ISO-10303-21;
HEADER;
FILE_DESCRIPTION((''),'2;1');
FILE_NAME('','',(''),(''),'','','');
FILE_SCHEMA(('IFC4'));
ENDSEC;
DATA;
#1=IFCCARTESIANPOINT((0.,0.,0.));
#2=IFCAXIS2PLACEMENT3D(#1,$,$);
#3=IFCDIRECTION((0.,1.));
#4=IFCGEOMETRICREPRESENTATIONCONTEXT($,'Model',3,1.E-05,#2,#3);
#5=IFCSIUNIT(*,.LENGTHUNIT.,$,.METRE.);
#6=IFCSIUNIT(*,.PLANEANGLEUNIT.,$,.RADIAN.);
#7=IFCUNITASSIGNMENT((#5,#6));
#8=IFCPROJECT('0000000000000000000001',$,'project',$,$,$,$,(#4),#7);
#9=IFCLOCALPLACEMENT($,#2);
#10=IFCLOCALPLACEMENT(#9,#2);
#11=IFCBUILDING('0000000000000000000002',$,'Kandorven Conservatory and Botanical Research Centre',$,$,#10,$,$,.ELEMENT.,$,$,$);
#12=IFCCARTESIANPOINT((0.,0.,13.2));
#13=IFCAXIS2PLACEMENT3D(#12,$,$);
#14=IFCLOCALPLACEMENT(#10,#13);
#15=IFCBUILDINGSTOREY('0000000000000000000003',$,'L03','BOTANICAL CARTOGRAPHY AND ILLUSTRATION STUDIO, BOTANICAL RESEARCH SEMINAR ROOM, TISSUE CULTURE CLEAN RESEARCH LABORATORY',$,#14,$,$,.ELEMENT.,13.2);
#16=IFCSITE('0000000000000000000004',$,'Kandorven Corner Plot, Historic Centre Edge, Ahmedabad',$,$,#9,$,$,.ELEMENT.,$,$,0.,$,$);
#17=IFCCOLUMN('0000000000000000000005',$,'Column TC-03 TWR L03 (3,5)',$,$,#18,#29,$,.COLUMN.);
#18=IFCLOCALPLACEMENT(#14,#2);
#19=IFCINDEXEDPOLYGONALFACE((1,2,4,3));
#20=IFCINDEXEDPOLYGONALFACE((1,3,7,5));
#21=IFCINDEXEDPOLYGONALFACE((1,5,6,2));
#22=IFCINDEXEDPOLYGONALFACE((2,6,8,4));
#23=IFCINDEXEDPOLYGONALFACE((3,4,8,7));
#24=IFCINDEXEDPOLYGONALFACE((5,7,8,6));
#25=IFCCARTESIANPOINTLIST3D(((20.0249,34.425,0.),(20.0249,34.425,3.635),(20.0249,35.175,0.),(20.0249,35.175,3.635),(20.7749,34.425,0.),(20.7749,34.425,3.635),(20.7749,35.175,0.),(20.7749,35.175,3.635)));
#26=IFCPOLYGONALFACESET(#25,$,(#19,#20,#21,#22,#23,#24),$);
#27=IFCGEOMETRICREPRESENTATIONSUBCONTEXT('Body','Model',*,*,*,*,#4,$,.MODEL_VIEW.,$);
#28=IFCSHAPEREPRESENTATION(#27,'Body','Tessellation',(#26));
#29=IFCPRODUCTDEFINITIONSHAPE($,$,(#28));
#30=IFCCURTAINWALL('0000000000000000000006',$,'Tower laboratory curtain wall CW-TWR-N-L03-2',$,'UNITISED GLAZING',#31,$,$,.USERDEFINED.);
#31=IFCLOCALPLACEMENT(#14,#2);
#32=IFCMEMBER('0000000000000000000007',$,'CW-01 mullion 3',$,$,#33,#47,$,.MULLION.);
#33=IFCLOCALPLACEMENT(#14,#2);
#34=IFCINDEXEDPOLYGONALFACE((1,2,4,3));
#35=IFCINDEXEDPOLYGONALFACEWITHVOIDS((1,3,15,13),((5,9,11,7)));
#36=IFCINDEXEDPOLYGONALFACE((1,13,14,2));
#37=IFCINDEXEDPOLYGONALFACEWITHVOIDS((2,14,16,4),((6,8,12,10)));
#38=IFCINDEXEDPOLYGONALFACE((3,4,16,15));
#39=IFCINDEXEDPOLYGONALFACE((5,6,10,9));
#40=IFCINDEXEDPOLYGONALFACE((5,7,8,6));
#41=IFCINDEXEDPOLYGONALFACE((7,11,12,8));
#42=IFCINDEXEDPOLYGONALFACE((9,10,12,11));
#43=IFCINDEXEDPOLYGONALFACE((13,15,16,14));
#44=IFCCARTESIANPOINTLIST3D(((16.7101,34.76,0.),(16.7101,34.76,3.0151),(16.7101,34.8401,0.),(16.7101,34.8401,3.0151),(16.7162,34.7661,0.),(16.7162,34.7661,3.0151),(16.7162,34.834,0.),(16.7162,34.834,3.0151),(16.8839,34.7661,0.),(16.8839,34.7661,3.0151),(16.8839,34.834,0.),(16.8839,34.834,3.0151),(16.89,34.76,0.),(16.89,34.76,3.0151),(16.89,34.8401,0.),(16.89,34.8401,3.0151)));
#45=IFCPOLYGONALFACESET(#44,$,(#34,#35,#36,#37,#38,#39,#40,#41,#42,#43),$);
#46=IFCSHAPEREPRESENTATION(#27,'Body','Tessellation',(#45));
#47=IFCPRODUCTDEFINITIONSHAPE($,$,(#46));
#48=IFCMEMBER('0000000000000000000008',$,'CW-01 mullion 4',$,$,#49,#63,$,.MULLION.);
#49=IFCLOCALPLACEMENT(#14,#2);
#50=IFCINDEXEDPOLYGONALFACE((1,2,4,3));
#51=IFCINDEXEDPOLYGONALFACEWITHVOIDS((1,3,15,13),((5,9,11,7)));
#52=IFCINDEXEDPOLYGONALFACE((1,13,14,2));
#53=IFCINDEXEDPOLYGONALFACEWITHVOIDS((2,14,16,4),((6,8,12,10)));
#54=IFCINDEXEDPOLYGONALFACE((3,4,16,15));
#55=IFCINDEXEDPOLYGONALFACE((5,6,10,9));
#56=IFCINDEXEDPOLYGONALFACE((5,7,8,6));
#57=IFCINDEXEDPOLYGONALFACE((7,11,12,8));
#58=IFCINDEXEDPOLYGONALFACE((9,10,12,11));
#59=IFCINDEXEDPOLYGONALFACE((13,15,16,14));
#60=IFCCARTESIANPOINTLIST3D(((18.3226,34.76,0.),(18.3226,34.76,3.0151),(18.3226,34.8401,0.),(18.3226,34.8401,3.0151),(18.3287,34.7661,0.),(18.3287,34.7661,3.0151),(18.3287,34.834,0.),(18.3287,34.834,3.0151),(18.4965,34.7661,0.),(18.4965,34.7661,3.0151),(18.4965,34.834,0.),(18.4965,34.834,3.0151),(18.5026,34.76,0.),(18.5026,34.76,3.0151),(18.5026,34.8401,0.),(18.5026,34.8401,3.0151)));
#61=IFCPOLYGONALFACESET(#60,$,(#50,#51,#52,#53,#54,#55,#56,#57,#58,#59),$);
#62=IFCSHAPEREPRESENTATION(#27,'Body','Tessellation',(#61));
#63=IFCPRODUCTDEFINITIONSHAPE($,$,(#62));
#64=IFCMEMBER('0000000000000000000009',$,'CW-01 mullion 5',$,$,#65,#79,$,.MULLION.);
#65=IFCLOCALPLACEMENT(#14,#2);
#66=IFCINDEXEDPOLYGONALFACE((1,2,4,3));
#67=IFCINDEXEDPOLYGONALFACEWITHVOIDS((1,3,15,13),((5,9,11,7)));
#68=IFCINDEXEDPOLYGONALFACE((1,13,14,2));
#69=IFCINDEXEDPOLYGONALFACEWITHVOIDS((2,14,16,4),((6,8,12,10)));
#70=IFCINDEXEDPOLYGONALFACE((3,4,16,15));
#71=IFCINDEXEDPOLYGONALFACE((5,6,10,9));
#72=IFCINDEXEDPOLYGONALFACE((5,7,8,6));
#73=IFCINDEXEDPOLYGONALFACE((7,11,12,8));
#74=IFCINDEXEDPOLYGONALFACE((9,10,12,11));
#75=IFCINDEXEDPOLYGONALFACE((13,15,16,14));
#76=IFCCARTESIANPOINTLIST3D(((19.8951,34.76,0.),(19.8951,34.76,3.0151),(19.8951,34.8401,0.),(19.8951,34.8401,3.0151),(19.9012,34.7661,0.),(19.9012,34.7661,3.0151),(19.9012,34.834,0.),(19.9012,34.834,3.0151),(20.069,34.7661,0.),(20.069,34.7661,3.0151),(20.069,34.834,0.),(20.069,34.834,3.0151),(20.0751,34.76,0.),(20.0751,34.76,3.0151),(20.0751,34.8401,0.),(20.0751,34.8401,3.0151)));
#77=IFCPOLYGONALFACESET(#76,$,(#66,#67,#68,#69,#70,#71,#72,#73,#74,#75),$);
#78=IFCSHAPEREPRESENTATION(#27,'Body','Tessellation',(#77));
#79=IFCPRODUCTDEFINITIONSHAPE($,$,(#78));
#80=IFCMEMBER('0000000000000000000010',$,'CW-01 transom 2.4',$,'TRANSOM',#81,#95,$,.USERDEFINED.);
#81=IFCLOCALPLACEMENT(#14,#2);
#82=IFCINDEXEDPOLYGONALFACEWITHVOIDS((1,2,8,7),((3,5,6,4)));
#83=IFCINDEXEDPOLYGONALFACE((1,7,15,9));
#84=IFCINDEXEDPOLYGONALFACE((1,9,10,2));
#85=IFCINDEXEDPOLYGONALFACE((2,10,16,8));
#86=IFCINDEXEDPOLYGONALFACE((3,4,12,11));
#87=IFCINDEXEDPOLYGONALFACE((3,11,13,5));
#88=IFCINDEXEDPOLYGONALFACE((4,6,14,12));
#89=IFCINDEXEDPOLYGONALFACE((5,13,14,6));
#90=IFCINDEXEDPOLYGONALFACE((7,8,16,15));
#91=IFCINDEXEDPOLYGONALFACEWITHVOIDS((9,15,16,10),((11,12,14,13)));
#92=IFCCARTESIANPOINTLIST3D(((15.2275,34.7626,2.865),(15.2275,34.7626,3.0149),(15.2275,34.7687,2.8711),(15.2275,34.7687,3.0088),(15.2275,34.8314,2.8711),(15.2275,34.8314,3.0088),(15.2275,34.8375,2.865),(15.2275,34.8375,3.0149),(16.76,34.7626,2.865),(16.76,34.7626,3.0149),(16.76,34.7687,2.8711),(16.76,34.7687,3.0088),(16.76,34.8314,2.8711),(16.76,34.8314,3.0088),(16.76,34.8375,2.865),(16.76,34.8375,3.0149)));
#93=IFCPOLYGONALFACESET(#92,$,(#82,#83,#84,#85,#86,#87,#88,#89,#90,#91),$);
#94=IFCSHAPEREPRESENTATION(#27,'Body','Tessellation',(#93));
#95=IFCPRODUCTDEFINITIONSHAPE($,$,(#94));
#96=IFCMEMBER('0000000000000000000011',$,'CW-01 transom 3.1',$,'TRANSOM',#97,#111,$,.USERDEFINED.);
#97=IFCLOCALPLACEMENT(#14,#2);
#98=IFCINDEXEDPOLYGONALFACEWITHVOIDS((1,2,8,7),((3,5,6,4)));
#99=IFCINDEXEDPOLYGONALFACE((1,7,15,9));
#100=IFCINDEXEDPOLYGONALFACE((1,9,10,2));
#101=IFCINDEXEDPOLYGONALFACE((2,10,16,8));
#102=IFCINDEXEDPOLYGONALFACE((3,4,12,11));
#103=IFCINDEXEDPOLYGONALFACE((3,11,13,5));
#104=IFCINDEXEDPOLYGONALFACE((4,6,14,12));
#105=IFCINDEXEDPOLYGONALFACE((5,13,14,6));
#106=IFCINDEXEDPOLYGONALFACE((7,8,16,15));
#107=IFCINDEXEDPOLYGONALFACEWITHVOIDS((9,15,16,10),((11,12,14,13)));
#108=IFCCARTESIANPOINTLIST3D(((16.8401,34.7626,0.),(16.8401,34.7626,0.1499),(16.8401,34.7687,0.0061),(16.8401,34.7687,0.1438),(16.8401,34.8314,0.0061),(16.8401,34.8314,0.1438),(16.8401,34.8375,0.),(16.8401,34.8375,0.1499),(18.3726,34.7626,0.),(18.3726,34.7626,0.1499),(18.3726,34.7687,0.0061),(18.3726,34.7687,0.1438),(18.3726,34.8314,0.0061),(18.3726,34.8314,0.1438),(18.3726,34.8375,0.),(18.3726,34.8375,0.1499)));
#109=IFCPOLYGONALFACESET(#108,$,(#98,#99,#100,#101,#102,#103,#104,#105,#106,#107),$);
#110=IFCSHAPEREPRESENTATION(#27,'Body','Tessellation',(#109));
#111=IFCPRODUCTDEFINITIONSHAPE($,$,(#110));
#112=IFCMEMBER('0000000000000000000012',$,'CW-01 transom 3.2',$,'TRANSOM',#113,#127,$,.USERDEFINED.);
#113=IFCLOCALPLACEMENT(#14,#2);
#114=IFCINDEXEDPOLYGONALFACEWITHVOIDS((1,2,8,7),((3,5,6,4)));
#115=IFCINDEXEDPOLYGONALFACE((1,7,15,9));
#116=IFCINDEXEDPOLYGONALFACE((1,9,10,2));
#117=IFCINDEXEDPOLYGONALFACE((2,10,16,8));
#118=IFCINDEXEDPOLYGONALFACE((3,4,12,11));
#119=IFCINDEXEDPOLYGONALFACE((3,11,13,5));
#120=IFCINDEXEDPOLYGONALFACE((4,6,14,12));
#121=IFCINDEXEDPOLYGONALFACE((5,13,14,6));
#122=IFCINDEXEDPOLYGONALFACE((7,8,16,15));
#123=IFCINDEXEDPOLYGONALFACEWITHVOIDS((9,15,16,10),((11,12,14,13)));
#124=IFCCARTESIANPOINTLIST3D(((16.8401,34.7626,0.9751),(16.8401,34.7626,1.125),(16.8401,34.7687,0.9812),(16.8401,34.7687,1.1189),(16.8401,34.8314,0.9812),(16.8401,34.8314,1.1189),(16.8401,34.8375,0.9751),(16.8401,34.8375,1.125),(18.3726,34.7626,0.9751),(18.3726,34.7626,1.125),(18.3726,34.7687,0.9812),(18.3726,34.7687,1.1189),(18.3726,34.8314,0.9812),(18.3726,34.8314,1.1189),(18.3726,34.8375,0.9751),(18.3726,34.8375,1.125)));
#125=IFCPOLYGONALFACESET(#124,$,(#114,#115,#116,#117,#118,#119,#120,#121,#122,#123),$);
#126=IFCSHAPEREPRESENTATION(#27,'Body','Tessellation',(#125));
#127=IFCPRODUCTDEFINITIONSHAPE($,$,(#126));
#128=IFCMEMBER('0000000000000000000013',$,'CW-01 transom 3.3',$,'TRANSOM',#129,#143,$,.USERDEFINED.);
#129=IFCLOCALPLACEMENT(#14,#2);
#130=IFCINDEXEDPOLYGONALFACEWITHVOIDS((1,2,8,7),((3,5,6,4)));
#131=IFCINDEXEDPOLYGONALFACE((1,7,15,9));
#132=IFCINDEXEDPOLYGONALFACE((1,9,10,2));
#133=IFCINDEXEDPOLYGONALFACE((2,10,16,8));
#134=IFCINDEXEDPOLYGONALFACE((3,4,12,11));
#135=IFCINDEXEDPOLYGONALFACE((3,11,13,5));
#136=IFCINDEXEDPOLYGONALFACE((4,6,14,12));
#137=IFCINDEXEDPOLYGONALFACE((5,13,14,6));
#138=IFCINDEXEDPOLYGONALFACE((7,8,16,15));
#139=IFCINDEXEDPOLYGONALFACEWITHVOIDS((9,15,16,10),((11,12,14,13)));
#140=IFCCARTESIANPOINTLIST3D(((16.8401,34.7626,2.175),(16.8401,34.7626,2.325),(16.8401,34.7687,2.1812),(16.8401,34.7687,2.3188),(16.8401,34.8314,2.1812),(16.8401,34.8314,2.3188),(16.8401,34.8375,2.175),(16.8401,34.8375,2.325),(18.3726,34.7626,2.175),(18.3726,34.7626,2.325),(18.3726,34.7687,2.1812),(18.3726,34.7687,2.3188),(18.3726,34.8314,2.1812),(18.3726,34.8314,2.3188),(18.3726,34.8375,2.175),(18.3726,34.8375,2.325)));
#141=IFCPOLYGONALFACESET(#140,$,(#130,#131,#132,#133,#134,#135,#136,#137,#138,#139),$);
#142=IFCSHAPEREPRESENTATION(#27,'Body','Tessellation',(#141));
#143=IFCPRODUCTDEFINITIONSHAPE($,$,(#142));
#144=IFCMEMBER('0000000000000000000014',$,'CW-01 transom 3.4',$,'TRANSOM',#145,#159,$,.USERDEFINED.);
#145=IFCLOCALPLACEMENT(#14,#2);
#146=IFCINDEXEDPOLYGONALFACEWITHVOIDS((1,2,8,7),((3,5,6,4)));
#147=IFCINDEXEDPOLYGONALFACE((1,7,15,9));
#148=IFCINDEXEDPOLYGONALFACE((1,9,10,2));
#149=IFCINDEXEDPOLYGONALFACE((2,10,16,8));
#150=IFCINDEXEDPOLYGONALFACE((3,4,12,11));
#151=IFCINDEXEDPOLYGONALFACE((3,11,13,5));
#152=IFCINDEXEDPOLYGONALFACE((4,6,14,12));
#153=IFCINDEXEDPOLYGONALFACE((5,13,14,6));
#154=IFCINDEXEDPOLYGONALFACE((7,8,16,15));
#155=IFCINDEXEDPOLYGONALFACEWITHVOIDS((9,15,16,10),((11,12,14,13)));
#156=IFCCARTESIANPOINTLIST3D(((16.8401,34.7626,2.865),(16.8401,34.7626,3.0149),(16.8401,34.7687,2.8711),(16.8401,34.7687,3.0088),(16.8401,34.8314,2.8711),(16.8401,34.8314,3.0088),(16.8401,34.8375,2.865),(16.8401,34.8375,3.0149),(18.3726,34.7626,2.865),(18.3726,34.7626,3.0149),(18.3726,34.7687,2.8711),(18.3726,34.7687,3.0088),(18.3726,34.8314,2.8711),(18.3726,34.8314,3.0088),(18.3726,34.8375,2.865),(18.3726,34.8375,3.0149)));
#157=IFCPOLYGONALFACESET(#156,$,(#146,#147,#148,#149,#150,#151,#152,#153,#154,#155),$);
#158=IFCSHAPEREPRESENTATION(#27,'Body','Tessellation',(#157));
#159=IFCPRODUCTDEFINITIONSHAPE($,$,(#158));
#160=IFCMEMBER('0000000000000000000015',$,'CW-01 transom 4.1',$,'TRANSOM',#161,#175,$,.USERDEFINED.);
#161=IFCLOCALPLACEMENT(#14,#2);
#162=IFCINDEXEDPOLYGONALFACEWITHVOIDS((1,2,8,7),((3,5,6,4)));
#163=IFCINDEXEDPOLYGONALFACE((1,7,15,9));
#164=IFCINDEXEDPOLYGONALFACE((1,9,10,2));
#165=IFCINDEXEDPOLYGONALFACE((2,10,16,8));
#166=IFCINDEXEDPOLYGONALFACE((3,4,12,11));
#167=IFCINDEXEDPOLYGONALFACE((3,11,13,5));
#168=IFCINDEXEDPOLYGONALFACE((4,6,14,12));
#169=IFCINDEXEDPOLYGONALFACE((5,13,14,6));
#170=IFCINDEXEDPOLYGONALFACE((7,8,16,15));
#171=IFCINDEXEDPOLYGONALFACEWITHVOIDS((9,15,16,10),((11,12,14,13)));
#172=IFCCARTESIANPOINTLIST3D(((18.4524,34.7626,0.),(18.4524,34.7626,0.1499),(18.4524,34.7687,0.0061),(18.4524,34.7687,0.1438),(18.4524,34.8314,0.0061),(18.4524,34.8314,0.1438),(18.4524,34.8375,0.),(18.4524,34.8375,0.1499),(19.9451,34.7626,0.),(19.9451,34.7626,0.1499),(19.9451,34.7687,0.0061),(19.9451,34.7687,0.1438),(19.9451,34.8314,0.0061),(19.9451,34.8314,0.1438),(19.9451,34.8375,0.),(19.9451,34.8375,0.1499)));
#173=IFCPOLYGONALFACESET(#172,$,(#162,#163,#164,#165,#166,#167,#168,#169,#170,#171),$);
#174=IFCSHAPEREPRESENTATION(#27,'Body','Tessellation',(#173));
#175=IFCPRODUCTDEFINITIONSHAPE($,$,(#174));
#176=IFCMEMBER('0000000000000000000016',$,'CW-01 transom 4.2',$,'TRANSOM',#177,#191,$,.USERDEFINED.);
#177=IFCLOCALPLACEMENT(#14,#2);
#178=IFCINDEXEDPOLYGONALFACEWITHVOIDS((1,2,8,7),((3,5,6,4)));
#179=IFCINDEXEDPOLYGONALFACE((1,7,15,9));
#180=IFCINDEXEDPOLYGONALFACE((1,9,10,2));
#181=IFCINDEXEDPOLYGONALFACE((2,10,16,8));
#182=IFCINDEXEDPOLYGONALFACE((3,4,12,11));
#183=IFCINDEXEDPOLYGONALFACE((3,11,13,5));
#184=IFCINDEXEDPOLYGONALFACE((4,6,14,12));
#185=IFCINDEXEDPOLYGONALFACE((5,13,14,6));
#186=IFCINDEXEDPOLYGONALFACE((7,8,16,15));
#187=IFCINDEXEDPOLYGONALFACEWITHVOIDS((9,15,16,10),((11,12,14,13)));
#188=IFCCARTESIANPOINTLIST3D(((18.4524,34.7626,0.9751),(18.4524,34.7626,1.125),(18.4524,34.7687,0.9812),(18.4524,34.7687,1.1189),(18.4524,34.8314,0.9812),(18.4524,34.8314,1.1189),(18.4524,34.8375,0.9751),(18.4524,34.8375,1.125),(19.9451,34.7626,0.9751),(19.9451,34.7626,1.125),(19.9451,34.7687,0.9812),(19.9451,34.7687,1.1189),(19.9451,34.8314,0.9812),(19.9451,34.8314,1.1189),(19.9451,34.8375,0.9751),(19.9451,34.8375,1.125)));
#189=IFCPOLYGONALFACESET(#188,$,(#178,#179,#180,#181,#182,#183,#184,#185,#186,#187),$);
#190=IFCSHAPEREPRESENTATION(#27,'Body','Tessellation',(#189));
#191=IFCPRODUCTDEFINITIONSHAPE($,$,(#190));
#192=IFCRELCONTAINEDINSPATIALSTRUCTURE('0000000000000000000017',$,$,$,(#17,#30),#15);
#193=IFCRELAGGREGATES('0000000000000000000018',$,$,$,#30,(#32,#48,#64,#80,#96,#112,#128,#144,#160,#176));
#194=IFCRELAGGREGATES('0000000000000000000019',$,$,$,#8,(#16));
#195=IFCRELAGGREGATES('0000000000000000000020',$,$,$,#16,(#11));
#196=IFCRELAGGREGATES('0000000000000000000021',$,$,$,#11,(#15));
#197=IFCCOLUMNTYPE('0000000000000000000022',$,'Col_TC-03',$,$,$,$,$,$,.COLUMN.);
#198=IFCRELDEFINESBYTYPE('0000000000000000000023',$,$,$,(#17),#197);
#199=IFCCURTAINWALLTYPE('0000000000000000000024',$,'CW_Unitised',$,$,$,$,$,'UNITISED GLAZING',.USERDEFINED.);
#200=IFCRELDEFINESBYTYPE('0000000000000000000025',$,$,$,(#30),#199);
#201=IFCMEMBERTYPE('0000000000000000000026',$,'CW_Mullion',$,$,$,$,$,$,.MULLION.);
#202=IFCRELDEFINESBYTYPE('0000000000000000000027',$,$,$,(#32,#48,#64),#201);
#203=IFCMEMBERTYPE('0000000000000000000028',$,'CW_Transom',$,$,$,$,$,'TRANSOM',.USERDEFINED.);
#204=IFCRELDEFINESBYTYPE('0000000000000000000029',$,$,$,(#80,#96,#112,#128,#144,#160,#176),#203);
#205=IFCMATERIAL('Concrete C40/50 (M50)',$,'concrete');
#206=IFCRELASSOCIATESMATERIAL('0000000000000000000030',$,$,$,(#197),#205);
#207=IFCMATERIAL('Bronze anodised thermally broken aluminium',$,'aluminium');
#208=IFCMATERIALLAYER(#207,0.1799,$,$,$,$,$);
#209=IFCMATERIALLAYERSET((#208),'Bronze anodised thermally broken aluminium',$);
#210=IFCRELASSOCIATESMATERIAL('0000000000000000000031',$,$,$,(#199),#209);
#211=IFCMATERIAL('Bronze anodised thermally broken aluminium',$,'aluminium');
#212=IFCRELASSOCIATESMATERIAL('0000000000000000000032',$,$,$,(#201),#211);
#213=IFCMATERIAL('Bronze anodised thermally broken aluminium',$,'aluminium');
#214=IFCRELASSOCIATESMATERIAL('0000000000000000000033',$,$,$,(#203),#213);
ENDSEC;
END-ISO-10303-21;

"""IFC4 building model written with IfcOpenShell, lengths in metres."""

from ifc_helpers import new_model, si_unit, direction, frame, origin, origin_2d, place, context, subcontext, project, spatial, rectangle, hollow_rectangle, extrude, material, layer, layer_set, material_profile, profile_set, type_object, element, aggregate, save


model = new_model("IFC4")

# Units and contexts
model_context = context("Model", 3, precision=1e-05, world=origin(), true_north=direction((0.0, 1.0)))
body_context = subcontext(model_context, "Body", "Model", "MODEL_VIEW")
ifc_project = project(units=[si_unit("LENGTHUNIT", "METRE"), si_unit("PLANEANGLEUNIT", "RADIAN")], contexts=[model_context])

# Site, building, storey
site_placement = place(None, origin())
site = spatial("IfcSite", under=ifc_project, at=site_placement, Name="Kandorven Corner Plot, Historic Centre Edge, Ahmedabad", CompositionType="ELEMENT", RefElevation=0.0)
building_placement = place(site_placement, origin())
building = spatial("IfcBuilding", under=site, at=building_placement, Name="Kandorven Conservatory and Botanical Research Centre", CompositionType="ELEMENT")
storey_placement = place(building_placement, frame((0.0, 0.0, 13.2)))
storey = spatial("IfcBuildingStorey", under=building, at=storey_placement, Name="L03", Description="BOTANICAL CARTOGRAPHY AND ILLUSTRATION STUDIO, BOTANICAL RESEARCH SEMINAR ROOM, TISSUE CULTURE CLEAN RESEARCH LABORATORY", CompositionType="ELEMENT", Elevation=13.2)

# Column
ifc_material_1 = material(Name="Concrete C40/50 (M50)", Category="concrete")
ifc_material_profile_1 = material_profile(ifc_material_1, rectangle(XDim=0.75, YDim=0.75, at=origin_2d()))
ifc_profile_set_1 = profile_set([ifc_material_profile_1], Name="Concrete C40/50 (M50)")
column_type = type_object("IfcColumnType", Name="Col_TC-03", PredefinedType="COLUMN", material=ifc_profile_set_1)
column_placement = place(storey_placement, frame((20.3999, 34.8, 0.0), z_axis=(0.0, 0.0, 1.0), x_axis=(1.0, 0.0, 0.0)))
element("IfcColumn", 1, at=column_placement, inside=storey, type_object=column_type, Name="Column TC-03 TWR L03 (3,5)", PredefinedType="COLUMN", context=body_context, shape_type="SweptSolid", body=[
    extrude(rectangle(XDim=0.75, YDim=0.75, at=origin_2d()), origin(), (0.0, 0.0, 1.0), 3.635),
])

# Curtain wall, members
ifc_material_2 = material(Name="Bronze anodised thermally broken aluminium", Category="aluminium")
ifc_layer_1 = layer(ifc_material_2, 0.1799)
ifc_layer_set_1 = layer_set([ifc_layer_1], Name="Bronze anodised thermally broken aluminium")
curtain_wall_type = type_object("IfcCurtainWallType", Name="CW_Unitised", ElementType="UNITISED GLAZING", PredefinedType="USERDEFINED", material=ifc_layer_set_1)
curtain_wall_placement = place(storey_placement, origin())
curtain_wall = element("IfcCurtainWall", 2, at=curtain_wall_placement, inside=storey, type_object=curtain_wall_type, Name="Tower laboratory curtain wall CW-TWR-N-L03-2", ObjectType="UNITISED GLAZING", PredefinedType="USERDEFINED")
ifc_material_3 = material(Name="Bronze anodised thermally broken aluminium", Category="aluminium")
ifc_material_profile_2 = material_profile(ifc_material_3, hollow_rectangle(XDim=0.0801, YDim=0.1799, WallThickness=0.0061, at=origin_2d()))
ifc_profile_set_2 = profile_set([ifc_material_profile_2], Name="Bronze anodised thermally broken aluminium")
member_type_1 = type_object("IfcMemberType", Name="CW_Mullion", PredefinedType="MULLION", material=ifc_profile_set_2)
member_1_placement = place(storey_placement, frame((16.8, 34.8, 0.0), z_axis=(0.0, 0.0, 1.0), x_axis=(0.0, 1.0, 0.0)))
member_1 = element("IfcMember", 3, at=member_1_placement, type_object=member_type_1, Name="CW-01 mullion 3", PredefinedType="MULLION", context=body_context, shape_type="SweptSolid", body=[
    extrude(hollow_rectangle(XDim=0.0801, YDim=0.1799, WallThickness=0.0061, at=origin_2d()), origin(), (0.0, 0.0, 1.0), 3.0151),
])
member_2_placement = place(storey_placement, frame((18.4126, 34.8, 0.0), z_axis=(0.0, 0.0, 1.0), x_axis=(0.0, 1.0, 0.0)))
member_2 = element("IfcMember", 4, at=member_2_placement, type_object=member_type_1, Name="CW-01 mullion 4", PredefinedType="MULLION", context=body_context, shape_type="SweptSolid", body=[
    extrude(hollow_rectangle(XDim=0.0801, YDim=0.1799, WallThickness=0.0061, at=origin_2d()), origin(), (0.0, 0.0, 1.0), 3.0151),
])
member_3_placement = place(storey_placement, frame((19.9851, 34.8, 0.0), z_axis=(0.0, 0.0, 1.0), x_axis=(0.0, 1.0, 0.0)))
member_3 = element("IfcMember", 5, at=member_3_placement, type_object=member_type_1, Name="CW-01 mullion 5", PredefinedType="MULLION", context=body_context, shape_type="SweptSolid", body=[
    extrude(hollow_rectangle(XDim=0.0801, YDim=0.1799, WallThickness=0.0061, at=origin_2d()), origin(), (0.0, 0.0, 1.0), 3.0151),
])
ifc_material_4 = material(Name="Bronze anodised thermally broken aluminium", Category="aluminium")
ifc_material_profile_3 = material_profile(ifc_material_4, hollow_rectangle(XDim=0.075, YDim=0.1499, WallThickness=0.0061, at=origin_2d()))
ifc_profile_set_3 = profile_set([ifc_material_profile_3], Name="Bronze anodised thermally broken aluminium")
member_type_2 = type_object("IfcMemberType", Name="CW_Transom", ElementType="TRANSOM", PredefinedType="USERDEFINED", material=ifc_profile_set_3)
member_4_placement = place(storey_placement, frame((15.2275, 34.8, 2.9399), z_axis=(1.0, 0.0, 0.0), x_axis=(0.0, 1.0, 0.0)))
member_4 = element("IfcMember", 6, at=member_4_placement, type_object=member_type_2, Name="CW-01 transom 2.4", ObjectType="TRANSOM", PredefinedType="USERDEFINED", context=body_context, shape_type="SweptSolid", body=[
    extrude(hollow_rectangle(XDim=0.075, YDim=0.1499, WallThickness=0.0061, at=origin_2d()), origin(), (0.0, 0.0, 1.0), 1.5325),
])
member_5_placement = place(storey_placement, frame((16.8401, 34.8, 0.075), z_axis=(1.0, 0.0, 0.0), x_axis=(0.0, 1.0, 0.0)))
member_5 = element("IfcMember", 7, at=member_5_placement, type_object=member_type_2, Name="CW-01 transom 3.1", ObjectType="TRANSOM", PredefinedType="USERDEFINED", context=body_context, shape_type="SweptSolid", body=[
    extrude(hollow_rectangle(XDim=0.075, YDim=0.1499, WallThickness=0.0061, at=origin_2d()), origin(), (0.0, 0.0, 1.0), 1.5325),
])
member_6_placement = place(storey_placement, frame((16.8401, 34.8, 1.05), z_axis=(1.0, 0.0, 0.0), x_axis=(0.0, 1.0, 0.0)))
member_6 = element("IfcMember", 8, at=member_6_placement, type_object=member_type_2, Name="CW-01 transom 3.2", ObjectType="TRANSOM", PredefinedType="USERDEFINED", context=body_context, shape_type="SweptSolid", body=[
    extrude(hollow_rectangle(XDim=0.075, YDim=0.1499, WallThickness=0.0061, at=origin_2d()), origin(), (0.0, 0.0, 1.0), 1.5325),
])
member_7_placement = place(storey_placement, frame((16.8401, 34.8, 2.25), z_axis=(1.0, 0.0, 0.0), x_axis=(0.0, 1.0, 0.0)))
member_7 = element("IfcMember", 9, at=member_7_placement, type_object=member_type_2, Name="CW-01 transom 3.3", ObjectType="TRANSOM", PredefinedType="USERDEFINED", context=body_context, shape_type="SweptSolid", body=[
    extrude(hollow_rectangle(XDim=0.075, YDim=0.1499, WallThickness=0.0061, at=origin_2d()), origin(), (0.0, 0.0, 1.0), 1.5325),
])
member_8_placement = place(storey_placement, frame((16.8401, 34.8, 2.9399), z_axis=(1.0, 0.0, 0.0), x_axis=(0.0, 1.0, 0.0)))
member_8 = element("IfcMember", 10, at=member_8_placement, type_object=member_type_2, Name="CW-01 transom 3.4", ObjectType="TRANSOM", PredefinedType="USERDEFINED", context=body_context, shape_type="SweptSolid", body=[
    extrude(hollow_rectangle(XDim=0.075, YDim=0.1499, WallThickness=0.0061, at=origin_2d()), origin(), (0.0, 0.0, 1.0), 1.5325),
])
member_9_placement = place(storey_placement, frame((18.4524, 34.8, 0.075), z_axis=(1.0, 0.0, 0.0), x_axis=(0.0, 1.0, 0.0)))
member_9 = element("IfcMember", 11, at=member_9_placement, type_object=member_type_2, Name="CW-01 transom 4.1", ObjectType="TRANSOM", PredefinedType="USERDEFINED", context=body_context, shape_type="SweptSolid", body=[
    extrude(hollow_rectangle(XDim=0.075, YDim=0.1499, WallThickness=0.0061, at=origin_2d()), origin(), (0.0, 0.0, 1.0), 1.4927),
])
member_10_placement = place(storey_placement, frame((18.4524, 34.8, 1.05), z_axis=(1.0, 0.0, 0.0), x_axis=(0.0, 1.0, 0.0)))
member_10 = element("IfcMember", 12, at=member_10_placement, type_object=member_type_2, Name="CW-01 transom 4.2", ObjectType="TRANSOM", PredefinedType="USERDEFINED", context=body_context, shape_type="SweptSolid", body=[
    extrude(hollow_rectangle(XDim=0.075, YDim=0.1499, WallThickness=0.0061, at=origin_2d()), origin(), (0.0, 0.0, 1.0), 1.4927),
])

aggregate(curtain_wall, [member_1, member_2, member_3, member_4, member_5, member_6, member_7, member_8, member_9, member_10])

save(model, "model.ifc")
